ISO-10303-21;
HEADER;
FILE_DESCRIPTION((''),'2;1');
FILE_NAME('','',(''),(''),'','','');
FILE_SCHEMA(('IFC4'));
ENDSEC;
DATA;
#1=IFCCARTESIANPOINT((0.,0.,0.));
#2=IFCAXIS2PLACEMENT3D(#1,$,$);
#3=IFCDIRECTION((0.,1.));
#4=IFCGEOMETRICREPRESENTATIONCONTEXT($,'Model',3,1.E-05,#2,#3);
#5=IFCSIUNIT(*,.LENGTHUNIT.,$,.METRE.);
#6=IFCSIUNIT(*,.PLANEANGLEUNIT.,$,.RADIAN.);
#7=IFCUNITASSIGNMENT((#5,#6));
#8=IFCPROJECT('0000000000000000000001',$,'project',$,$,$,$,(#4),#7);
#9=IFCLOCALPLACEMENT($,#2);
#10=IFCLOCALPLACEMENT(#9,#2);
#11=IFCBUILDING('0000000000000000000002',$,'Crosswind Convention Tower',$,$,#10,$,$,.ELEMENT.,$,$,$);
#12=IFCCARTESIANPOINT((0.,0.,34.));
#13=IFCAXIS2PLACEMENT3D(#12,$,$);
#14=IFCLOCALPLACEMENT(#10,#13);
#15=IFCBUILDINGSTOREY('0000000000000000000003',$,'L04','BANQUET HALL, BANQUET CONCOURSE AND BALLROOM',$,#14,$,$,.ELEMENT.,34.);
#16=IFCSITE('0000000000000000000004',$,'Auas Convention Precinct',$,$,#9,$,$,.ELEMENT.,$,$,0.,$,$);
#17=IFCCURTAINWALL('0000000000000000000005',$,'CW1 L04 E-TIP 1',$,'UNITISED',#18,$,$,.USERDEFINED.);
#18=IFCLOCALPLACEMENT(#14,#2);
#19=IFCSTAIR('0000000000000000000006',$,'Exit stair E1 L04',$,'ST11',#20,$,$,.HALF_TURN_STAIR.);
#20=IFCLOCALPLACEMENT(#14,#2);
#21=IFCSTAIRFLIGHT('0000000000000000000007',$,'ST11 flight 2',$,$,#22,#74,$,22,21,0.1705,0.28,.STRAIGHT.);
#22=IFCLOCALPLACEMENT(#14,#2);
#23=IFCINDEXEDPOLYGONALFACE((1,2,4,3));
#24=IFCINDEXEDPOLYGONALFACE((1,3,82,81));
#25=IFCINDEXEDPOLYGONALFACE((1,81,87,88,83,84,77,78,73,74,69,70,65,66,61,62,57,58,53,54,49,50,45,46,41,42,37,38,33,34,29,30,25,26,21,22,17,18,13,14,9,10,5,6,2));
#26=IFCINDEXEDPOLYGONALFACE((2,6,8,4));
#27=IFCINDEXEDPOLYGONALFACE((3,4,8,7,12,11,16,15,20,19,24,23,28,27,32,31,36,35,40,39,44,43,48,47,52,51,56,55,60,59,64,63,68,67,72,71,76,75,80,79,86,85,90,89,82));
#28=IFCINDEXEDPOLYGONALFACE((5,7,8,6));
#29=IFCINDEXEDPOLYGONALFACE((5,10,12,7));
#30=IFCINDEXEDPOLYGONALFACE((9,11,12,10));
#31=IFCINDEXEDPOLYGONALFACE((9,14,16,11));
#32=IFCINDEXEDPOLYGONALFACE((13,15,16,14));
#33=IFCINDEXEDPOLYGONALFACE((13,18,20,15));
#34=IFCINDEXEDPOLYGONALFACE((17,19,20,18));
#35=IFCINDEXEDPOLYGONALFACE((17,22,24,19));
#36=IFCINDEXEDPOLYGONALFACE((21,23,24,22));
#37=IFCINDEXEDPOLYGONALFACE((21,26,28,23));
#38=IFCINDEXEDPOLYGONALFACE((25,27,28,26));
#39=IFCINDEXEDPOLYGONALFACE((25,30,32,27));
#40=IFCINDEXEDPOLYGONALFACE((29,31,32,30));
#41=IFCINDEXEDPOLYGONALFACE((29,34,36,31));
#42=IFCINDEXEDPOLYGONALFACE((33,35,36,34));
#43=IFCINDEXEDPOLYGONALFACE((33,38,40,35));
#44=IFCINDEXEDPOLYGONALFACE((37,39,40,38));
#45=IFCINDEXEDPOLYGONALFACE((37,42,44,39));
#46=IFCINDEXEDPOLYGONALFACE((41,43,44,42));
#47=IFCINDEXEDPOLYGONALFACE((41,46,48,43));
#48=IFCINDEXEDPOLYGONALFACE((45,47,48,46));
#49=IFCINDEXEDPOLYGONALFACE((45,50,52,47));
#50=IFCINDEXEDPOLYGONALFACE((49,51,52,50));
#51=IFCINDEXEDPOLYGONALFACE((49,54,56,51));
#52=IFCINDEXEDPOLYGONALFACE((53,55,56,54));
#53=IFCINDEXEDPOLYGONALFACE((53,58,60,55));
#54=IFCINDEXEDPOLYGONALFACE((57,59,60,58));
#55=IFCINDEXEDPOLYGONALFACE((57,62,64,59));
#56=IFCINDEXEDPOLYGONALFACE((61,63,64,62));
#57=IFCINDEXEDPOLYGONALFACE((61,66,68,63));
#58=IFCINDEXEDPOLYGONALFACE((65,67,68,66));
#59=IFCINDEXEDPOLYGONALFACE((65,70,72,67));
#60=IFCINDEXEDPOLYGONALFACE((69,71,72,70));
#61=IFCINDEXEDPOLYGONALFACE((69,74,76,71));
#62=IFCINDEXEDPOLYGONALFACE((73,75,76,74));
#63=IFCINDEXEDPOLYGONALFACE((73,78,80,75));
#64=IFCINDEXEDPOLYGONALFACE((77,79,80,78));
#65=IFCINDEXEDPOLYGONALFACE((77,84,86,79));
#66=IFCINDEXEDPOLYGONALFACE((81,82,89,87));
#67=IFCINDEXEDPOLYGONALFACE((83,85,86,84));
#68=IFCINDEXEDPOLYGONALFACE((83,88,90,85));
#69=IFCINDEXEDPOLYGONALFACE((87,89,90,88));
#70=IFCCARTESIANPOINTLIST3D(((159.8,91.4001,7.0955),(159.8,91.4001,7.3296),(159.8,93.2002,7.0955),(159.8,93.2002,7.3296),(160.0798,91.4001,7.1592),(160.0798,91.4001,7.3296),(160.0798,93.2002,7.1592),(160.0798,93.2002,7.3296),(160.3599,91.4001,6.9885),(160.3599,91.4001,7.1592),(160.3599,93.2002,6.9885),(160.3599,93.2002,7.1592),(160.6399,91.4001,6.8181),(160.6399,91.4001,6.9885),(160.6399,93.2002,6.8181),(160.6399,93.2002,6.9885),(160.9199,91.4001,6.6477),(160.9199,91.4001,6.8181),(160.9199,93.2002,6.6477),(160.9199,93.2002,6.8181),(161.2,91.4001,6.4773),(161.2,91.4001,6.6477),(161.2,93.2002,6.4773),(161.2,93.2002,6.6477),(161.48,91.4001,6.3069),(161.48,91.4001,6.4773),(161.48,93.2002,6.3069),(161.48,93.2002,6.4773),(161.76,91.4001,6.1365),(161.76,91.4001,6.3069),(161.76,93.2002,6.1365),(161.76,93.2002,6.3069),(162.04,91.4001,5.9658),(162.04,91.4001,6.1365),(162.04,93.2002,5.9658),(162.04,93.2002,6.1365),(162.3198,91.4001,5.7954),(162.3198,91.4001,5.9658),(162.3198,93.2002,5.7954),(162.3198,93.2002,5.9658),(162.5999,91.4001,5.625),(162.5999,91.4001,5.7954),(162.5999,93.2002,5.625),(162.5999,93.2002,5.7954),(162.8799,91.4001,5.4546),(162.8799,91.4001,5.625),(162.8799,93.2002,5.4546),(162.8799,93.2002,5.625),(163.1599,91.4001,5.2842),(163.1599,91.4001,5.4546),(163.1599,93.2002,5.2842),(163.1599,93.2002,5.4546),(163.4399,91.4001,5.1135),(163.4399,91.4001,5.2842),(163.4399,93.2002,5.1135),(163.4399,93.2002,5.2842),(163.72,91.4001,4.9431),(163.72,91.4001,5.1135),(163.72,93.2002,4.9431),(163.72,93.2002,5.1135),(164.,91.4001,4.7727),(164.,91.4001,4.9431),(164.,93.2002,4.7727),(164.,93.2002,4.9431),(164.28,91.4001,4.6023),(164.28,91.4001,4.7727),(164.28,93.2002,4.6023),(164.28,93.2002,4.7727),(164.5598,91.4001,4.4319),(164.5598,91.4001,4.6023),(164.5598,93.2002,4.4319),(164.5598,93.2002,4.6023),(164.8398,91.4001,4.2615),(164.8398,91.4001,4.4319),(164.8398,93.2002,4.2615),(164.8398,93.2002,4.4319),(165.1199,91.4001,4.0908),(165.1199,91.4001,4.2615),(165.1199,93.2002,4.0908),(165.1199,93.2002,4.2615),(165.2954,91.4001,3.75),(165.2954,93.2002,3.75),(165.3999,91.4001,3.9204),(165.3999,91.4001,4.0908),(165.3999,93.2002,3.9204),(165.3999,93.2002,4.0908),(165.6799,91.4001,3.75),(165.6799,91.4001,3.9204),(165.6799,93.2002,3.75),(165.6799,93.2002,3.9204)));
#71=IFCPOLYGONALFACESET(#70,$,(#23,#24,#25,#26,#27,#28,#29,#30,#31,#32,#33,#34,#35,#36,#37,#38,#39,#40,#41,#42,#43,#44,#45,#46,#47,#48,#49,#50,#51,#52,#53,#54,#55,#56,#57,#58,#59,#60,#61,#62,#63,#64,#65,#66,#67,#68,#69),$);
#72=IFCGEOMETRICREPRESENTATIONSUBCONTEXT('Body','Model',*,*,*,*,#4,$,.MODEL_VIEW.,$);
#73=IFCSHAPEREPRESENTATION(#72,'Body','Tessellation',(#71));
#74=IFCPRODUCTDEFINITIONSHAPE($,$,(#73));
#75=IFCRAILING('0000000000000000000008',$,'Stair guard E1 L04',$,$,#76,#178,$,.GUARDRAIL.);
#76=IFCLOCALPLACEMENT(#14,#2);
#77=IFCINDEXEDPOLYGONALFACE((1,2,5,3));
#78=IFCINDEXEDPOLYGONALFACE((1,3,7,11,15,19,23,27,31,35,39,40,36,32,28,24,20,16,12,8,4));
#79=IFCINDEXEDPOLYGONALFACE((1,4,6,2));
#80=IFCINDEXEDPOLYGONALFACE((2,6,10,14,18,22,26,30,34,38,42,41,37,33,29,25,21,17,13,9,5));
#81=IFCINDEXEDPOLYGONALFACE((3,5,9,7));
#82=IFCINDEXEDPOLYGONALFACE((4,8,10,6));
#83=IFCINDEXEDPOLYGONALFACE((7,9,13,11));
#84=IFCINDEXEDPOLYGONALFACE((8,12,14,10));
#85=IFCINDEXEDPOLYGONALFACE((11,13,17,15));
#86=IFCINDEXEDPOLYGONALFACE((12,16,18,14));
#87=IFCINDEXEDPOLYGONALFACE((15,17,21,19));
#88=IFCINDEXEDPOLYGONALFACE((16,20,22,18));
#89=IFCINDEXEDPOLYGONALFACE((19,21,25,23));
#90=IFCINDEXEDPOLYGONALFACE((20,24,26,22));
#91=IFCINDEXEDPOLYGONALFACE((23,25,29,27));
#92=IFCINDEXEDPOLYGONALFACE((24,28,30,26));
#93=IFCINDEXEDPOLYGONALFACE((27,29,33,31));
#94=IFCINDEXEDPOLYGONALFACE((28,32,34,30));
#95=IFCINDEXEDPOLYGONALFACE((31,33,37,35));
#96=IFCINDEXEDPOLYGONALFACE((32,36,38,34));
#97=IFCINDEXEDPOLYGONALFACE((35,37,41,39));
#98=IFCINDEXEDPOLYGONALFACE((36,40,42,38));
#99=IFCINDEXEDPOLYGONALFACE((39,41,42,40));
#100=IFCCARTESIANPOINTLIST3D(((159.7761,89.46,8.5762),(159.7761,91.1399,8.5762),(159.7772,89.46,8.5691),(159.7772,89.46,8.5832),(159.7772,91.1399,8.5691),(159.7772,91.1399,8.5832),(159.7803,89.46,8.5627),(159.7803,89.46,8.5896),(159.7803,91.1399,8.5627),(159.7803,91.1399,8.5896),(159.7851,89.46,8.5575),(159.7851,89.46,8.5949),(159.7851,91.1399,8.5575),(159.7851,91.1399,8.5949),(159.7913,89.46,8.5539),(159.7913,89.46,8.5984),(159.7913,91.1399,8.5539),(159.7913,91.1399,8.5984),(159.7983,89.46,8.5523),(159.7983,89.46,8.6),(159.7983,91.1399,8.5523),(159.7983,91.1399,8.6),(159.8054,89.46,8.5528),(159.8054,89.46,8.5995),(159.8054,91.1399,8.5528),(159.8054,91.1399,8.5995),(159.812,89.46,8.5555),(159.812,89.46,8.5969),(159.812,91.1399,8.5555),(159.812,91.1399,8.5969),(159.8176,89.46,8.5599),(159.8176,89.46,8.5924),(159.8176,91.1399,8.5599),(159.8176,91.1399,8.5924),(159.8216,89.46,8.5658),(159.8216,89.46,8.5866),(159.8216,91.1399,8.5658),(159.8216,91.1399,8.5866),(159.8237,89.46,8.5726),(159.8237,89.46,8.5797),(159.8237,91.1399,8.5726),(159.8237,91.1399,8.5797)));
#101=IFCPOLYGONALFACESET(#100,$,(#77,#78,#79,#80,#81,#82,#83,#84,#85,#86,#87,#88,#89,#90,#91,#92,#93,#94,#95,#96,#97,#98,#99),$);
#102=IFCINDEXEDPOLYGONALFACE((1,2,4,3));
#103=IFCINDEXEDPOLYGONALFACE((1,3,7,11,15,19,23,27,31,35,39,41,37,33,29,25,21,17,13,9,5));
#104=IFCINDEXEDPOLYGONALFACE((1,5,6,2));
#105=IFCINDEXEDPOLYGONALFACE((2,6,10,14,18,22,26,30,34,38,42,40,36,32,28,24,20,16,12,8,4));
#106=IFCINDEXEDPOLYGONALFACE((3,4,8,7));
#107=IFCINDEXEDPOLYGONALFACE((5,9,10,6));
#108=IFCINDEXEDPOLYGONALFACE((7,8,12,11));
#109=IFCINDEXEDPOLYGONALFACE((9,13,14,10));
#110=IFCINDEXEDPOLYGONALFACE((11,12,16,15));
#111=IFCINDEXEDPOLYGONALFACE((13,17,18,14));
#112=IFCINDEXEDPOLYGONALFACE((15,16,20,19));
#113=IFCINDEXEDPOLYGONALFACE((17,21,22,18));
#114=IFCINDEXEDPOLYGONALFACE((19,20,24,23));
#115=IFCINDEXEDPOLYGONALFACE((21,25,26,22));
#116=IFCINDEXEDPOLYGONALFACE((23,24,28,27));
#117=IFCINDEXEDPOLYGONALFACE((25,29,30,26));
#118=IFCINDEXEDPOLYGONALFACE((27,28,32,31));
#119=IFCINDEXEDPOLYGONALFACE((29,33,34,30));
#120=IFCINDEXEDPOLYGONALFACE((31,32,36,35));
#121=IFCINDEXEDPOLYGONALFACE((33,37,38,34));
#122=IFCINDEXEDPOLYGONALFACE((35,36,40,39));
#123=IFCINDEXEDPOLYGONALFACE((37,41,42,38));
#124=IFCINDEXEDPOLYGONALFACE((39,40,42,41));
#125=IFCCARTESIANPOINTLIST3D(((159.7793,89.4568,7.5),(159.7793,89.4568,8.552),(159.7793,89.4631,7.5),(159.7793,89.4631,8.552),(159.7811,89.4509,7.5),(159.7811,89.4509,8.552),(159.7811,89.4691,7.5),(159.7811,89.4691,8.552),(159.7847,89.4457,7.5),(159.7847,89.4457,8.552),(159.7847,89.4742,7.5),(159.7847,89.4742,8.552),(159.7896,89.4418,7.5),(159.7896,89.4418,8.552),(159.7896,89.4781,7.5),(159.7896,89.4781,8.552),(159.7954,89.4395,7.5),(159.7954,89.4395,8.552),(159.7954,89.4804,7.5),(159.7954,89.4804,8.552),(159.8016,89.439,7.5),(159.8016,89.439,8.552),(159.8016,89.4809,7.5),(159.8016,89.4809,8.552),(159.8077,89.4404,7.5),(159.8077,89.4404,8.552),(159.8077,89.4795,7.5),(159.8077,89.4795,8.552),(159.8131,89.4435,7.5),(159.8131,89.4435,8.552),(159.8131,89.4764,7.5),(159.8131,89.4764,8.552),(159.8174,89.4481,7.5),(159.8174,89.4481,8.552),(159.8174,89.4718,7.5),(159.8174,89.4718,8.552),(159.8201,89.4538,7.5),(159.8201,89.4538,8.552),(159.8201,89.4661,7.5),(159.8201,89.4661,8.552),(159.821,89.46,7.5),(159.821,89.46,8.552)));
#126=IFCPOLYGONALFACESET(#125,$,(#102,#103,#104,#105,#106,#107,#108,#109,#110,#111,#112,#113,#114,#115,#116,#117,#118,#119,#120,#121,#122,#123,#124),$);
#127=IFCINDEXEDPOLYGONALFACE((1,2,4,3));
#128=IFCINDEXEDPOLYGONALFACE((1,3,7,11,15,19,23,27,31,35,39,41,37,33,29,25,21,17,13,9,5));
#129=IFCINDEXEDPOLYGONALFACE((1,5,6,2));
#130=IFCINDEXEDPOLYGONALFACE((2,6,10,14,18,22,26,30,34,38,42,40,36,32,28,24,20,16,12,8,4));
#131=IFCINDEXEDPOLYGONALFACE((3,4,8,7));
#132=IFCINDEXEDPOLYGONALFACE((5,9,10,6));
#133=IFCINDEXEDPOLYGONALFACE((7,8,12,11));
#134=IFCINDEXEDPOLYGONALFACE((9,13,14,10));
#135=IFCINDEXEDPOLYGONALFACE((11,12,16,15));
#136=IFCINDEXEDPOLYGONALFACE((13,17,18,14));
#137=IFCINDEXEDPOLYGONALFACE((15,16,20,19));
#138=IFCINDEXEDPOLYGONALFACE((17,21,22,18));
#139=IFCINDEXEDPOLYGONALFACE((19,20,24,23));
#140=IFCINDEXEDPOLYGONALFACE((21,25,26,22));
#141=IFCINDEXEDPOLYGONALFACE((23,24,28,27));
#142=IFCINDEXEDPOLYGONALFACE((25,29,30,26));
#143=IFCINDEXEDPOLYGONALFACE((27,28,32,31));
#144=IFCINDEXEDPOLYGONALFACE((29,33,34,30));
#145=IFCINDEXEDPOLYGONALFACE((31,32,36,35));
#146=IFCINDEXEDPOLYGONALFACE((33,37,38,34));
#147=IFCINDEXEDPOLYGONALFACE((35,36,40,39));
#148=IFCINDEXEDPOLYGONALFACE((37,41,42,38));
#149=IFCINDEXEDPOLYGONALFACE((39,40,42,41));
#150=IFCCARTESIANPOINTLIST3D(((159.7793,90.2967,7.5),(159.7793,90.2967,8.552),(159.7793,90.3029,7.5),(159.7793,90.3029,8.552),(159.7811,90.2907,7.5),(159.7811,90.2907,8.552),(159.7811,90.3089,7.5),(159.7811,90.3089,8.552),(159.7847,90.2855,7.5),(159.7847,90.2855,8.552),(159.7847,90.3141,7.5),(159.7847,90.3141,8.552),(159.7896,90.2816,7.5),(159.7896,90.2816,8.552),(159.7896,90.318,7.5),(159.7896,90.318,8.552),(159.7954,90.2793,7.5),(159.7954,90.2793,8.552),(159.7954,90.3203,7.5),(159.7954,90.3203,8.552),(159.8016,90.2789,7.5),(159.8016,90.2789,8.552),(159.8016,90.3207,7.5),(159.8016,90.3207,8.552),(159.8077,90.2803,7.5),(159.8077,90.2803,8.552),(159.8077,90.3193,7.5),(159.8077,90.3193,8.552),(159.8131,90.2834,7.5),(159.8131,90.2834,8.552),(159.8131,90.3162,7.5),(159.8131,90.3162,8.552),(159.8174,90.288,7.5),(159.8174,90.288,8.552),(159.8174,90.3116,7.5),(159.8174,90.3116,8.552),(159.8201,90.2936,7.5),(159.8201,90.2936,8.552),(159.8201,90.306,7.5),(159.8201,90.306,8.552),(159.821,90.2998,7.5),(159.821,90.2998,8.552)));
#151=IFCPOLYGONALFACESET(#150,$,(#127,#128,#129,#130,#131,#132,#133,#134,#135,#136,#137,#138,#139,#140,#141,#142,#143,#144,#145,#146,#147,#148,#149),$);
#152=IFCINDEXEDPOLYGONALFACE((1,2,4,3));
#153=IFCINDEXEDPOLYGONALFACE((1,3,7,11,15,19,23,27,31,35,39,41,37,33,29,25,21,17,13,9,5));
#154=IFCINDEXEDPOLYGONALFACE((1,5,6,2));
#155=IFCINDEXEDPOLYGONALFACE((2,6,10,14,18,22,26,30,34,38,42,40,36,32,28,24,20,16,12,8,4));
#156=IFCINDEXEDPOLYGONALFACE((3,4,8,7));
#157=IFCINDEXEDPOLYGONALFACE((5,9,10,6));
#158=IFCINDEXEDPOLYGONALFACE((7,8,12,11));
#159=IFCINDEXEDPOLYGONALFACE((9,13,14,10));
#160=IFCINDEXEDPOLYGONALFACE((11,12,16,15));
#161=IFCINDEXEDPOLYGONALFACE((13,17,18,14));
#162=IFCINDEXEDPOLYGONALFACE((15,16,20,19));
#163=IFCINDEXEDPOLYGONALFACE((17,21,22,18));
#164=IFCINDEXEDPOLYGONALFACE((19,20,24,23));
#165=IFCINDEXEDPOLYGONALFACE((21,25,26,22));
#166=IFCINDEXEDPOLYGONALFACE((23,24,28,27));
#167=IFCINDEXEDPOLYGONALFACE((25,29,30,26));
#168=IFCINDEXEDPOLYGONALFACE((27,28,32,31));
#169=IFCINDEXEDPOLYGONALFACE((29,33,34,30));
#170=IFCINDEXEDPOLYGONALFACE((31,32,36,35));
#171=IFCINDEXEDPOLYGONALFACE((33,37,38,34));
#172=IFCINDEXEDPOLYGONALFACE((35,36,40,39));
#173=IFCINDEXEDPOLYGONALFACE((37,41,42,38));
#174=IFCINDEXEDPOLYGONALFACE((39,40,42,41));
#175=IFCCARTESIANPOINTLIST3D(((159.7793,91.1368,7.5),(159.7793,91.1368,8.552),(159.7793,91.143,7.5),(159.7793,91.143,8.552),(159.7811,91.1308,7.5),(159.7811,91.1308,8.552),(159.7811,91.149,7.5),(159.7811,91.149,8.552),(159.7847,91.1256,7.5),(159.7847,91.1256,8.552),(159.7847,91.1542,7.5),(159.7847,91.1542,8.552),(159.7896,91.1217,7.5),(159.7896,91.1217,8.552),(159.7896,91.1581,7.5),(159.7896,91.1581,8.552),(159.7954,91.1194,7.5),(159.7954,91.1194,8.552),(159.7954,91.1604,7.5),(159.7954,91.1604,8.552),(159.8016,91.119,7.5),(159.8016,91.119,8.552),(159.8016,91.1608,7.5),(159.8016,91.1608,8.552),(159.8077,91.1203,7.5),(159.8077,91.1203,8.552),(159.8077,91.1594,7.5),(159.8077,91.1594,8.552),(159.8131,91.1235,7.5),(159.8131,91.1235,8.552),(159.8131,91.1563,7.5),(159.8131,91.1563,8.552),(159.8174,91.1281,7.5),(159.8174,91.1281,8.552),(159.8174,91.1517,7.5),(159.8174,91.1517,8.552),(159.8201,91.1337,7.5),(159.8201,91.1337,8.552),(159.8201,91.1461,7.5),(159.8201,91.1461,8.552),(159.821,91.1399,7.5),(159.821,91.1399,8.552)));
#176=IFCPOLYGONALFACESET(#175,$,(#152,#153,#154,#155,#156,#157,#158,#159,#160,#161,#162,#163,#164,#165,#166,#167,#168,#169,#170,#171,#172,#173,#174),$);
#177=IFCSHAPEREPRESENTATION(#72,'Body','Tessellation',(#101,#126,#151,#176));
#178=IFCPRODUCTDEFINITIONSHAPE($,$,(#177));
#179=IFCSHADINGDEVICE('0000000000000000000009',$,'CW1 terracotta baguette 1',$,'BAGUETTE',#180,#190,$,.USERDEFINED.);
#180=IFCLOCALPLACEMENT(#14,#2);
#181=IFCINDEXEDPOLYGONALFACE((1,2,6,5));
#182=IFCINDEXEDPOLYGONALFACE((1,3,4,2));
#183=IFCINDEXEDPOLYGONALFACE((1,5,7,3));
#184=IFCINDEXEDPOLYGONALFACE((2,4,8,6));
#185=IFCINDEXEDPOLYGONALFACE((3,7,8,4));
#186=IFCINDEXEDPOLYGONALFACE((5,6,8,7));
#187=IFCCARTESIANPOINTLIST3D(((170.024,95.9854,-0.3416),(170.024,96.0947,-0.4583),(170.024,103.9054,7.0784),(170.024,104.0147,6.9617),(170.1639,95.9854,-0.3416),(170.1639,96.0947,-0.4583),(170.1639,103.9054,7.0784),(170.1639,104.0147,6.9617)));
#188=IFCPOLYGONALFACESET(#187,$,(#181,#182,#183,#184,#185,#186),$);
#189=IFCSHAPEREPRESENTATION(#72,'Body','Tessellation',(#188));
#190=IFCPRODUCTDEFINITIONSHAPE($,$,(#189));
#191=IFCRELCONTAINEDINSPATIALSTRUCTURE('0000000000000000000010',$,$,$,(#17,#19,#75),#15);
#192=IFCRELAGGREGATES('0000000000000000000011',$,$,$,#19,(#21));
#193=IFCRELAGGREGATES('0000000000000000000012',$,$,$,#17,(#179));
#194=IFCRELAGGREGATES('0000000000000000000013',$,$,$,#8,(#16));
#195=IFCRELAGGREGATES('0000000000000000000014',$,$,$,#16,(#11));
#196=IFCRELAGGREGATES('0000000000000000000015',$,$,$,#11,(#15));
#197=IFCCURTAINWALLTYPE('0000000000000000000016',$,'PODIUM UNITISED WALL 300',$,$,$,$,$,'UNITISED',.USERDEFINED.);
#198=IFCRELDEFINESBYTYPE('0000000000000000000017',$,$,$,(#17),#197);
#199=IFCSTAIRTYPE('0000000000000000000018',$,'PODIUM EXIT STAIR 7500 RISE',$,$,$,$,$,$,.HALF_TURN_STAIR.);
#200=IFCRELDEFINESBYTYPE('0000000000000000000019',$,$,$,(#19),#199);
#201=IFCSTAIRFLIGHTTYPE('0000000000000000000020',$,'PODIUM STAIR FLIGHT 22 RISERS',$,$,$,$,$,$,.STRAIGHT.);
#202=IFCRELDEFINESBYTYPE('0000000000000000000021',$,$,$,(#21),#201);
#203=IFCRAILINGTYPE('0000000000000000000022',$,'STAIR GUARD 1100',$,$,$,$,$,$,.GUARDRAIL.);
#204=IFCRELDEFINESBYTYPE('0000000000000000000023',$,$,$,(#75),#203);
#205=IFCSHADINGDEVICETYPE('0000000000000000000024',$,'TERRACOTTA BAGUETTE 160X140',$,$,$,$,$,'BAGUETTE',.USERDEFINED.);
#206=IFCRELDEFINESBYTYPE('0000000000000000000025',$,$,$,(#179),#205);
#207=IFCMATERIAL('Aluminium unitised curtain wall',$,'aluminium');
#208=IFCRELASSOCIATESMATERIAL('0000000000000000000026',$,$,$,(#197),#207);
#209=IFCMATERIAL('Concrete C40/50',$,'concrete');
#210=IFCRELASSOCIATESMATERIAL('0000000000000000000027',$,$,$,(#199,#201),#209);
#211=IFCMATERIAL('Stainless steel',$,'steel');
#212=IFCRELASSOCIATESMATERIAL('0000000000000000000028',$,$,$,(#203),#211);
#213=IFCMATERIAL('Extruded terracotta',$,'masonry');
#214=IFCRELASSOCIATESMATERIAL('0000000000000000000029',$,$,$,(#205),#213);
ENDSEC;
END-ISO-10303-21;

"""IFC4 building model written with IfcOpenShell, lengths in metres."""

from ifc_helpers import new_model, si_unit, direction, frame, origin, origin_2d, place, context, subcontext, project, spatial, polyline, rectangle, circle, outline, extrude, material, material_profile, profile_set, type_object, element, aggregate, save


model = new_model("IFC4")

# Units and contexts
model_context = context("Model", 3, precision=1e-05, world=origin(), true_north=direction((0.0, 1.0)))
body_context = subcontext(model_context, "Body", "Model", "MODEL_VIEW")
ifc_project = project(units=[si_unit("LENGTHUNIT", "METRE"), si_unit("PLANEANGLEUNIT", "RADIAN")], contexts=[model_context])

# Site, building, storey
site_placement = place(None, origin())
site = spatial("IfcSite", under=ifc_project, at=site_placement, Name="Auas Convention Precinct", CompositionType="ELEMENT", RefElevation=0.0)
building_placement = place(site_placement, origin())
building = spatial("IfcBuilding", under=site, at=building_placement, Name="Crosswind Convention Tower", CompositionType="ELEMENT")
storey_placement = place(building_placement, frame((0.0, 0.0, 34.0)))
storey = spatial("IfcBuildingStorey", under=building, at=storey_placement, Name="L04", Description="BANQUET HALL, BANQUET CONCOURSE AND BALLROOM", CompositionType="ELEMENT", Elevation=34.0)

# Curtain wall
ifc_material_1 = material(Name="Aluminium unitised curtain wall", Category="aluminium")
curtain_wall_type = type_object("IfcCurtainWallType", Name="PODIUM UNITISED WALL 300", ElementType="UNITISED", PredefinedType="USERDEFINED", material=ifc_material_1)
curtain_wall_placement = place(storey_placement, origin())
curtain_wall = element("IfcCurtainWall", 1, at=curtain_wall_placement, inside=storey, type_object=curtain_wall_type, Name="CW1 L04 E-TIP 1", ObjectType="UNITISED", PredefinedType="USERDEFINED")

# Shared definitions
ifc_material_2 = material(Name="Concrete C40/50", Category="concrete")

# Stair, stair flight
stair_type = type_object("IfcStairType", Name="PODIUM EXIT STAIR 7500 RISE", PredefinedType="HALF_TURN_STAIR", material=ifc_material_2)
stair_placement = place(storey_placement, origin())
stair = element("IfcStair", 2, at=stair_placement, inside=storey, type_object=stair_type, Name="Exit stair E1 L04", ObjectType="ST11", PredefinedType="HALF_TURN_STAIR")
stair_flight_type = type_object("IfcStairFlightType", Name="PODIUM STAIR FLIGHT 22 RISERS", PredefinedType="STRAIGHT", material=ifc_material_2)
stair_flight_1_placement = place(storey_placement, frame((165.6799, 92.3, 3.75), z_axis=(0.0, 0.0, 1.0), x_axis=(-1.0, 0.0, 0.0)))
stair_flight_1 = element("IfcStairFlight", 3, at=stair_flight_1_placement, type_object=stair_flight_type, Name="ST11 flight 2", NumberOfRisers=22, NumberOfTreads=21, PredefinedType="STRAIGHT", RiserHeight=0.1705, TreadLength=0.28, context=body_context, shape_type="SweptSolid", body=[
    extrude(outline(polyline([(0.0, 0.0), (0.0, 0.1704), (0.28, 0.1704), (0.28, 0.3408), (0.5601, 0.3408), (0.5601, 0.5115), (0.8401, 0.5115), (0.8401, 0.6819), (1.1201, 0.6819), (1.1201, 0.8523), (1.3999, 0.8523), (1.3999, 1.0227), (1.6799, 1.0227), (1.6799, 1.1931), (1.96, 1.1931), (1.96, 1.3635), (2.24, 1.3635), (2.24, 1.5342), (2.52, 1.5342), (2.52, 1.7046), (2.8, 1.7046), (2.8, 1.875), (3.0801, 1.875), (3.0801, 2.0454), (3.3601, 2.0454), (3.3601, 2.2158), (3.6399, 2.2158), (3.6399, 2.3865), (3.9199, 2.3865), (3.9199, 2.5569), (4.2, 2.5569), (4.2, 2.7273), (4.48, 2.7273), (4.48, 2.8977), (4.76, 2.8977), (4.76, 3.0681), (5.04, 3.0681), (5.04, 3.2385), (5.3201, 3.2385), (5.3201, 3.4092), (5.6001, 3.4092), (5.6001, 3.5796), (5.8799, 3.5796), (5.8799, 3.75), (5.8799, 3.3455), (0.3845, 0.0), (0.0, 0.0)])), frame((0.0, 0.8999, 0.0), z_axis=(0.0, -1.0, 0.0), x_axis=(1.0, 0.0, 0.0)), (0.0, 0.0, 1.0), 1.8),
])
aggregate(stair, [stair_flight_1])

# Railing
ifc_material_3 = material(Name="Stainless steel", Category="steel")
railing_type_1 = type_object("IfcRailingType", Name="STAIR GUARD 1100", PredefinedType="GUARDRAIL", material=ifc_material_3)
railing_placement = place(storey_placement, frame((159.8, 89.46, 7.5)))
element("IfcRailing", 4, at=railing_placement, inside=storey, type_object=railing_type_1, Name="Stair guard E1 L04", PredefinedType="GUARDRAIL", context=body_context, shape_type="SweptSolid", body=[
    extrude(circle(Radius=0.0239, at=origin_2d()), frame((0.0, 0.0, 1.0762), z_axis=(0.0, 1.0, 0.0), x_axis=(-1.0, 0.0, 0.0)), (0.0, 0.0, 1.0), 1.6799),
    extrude(circle(Radius=0.021, at=origin_2d()), origin(), (0.0, 0.0, 1.0), 1.052),
    extrude(circle(Radius=0.021, at=origin_2d()), frame((0.0, 0.8398, 0.0)), (0.0, 0.0, 1.0), 1.052),
    extrude(circle(Radius=0.021, at=origin_2d()), frame((0.0, 1.6799, 0.0)), (0.0, 0.0, 1.0), 1.052),
])

# Shading device
ifc_material_4 = material(Name="Extruded terracotta", Category="masonry")
ifc_material_profile_1 = material_profile(ifc_material_4, rectangle(XDim=0.1399, YDim=0.1599, at=origin_2d()), Name="TC 140X160")
ifc_profile_set_1 = profile_set([ifc_material_profile_1], Name="Extruded terracotta")
shading_device_type = type_object("IfcShadingDeviceType", Name="TERRACOTTA BAGUETTE 160X140", ElementType="BAGUETTE", PredefinedType="USERDEFINED", material=ifc_profile_set_1)
shading_device_placement = place(storey_placement, frame((170.094, 96.04, -0.3999), z_axis=(0.0, 0.729767, 0.683696), x_axis=(-1.0, 0.0, 0.0)))
shading_device = element("IfcShadingDevice", 5, at=shading_device_placement, type_object=shading_device_type, Name="CW1 terracotta baguette 1", ObjectType="BAGUETTE", PredefinedType="USERDEFINED", context=body_context, shape_type="SweptSolid", body=[
    extrude(rectangle(XDim=0.1399, YDim=0.1599, at=origin_2d()), origin(), (0.0, 0.0, 1.0), 10.8528),
])
aggregate(curtain_wall, [shading_device])

save(model, "model.ifc")
